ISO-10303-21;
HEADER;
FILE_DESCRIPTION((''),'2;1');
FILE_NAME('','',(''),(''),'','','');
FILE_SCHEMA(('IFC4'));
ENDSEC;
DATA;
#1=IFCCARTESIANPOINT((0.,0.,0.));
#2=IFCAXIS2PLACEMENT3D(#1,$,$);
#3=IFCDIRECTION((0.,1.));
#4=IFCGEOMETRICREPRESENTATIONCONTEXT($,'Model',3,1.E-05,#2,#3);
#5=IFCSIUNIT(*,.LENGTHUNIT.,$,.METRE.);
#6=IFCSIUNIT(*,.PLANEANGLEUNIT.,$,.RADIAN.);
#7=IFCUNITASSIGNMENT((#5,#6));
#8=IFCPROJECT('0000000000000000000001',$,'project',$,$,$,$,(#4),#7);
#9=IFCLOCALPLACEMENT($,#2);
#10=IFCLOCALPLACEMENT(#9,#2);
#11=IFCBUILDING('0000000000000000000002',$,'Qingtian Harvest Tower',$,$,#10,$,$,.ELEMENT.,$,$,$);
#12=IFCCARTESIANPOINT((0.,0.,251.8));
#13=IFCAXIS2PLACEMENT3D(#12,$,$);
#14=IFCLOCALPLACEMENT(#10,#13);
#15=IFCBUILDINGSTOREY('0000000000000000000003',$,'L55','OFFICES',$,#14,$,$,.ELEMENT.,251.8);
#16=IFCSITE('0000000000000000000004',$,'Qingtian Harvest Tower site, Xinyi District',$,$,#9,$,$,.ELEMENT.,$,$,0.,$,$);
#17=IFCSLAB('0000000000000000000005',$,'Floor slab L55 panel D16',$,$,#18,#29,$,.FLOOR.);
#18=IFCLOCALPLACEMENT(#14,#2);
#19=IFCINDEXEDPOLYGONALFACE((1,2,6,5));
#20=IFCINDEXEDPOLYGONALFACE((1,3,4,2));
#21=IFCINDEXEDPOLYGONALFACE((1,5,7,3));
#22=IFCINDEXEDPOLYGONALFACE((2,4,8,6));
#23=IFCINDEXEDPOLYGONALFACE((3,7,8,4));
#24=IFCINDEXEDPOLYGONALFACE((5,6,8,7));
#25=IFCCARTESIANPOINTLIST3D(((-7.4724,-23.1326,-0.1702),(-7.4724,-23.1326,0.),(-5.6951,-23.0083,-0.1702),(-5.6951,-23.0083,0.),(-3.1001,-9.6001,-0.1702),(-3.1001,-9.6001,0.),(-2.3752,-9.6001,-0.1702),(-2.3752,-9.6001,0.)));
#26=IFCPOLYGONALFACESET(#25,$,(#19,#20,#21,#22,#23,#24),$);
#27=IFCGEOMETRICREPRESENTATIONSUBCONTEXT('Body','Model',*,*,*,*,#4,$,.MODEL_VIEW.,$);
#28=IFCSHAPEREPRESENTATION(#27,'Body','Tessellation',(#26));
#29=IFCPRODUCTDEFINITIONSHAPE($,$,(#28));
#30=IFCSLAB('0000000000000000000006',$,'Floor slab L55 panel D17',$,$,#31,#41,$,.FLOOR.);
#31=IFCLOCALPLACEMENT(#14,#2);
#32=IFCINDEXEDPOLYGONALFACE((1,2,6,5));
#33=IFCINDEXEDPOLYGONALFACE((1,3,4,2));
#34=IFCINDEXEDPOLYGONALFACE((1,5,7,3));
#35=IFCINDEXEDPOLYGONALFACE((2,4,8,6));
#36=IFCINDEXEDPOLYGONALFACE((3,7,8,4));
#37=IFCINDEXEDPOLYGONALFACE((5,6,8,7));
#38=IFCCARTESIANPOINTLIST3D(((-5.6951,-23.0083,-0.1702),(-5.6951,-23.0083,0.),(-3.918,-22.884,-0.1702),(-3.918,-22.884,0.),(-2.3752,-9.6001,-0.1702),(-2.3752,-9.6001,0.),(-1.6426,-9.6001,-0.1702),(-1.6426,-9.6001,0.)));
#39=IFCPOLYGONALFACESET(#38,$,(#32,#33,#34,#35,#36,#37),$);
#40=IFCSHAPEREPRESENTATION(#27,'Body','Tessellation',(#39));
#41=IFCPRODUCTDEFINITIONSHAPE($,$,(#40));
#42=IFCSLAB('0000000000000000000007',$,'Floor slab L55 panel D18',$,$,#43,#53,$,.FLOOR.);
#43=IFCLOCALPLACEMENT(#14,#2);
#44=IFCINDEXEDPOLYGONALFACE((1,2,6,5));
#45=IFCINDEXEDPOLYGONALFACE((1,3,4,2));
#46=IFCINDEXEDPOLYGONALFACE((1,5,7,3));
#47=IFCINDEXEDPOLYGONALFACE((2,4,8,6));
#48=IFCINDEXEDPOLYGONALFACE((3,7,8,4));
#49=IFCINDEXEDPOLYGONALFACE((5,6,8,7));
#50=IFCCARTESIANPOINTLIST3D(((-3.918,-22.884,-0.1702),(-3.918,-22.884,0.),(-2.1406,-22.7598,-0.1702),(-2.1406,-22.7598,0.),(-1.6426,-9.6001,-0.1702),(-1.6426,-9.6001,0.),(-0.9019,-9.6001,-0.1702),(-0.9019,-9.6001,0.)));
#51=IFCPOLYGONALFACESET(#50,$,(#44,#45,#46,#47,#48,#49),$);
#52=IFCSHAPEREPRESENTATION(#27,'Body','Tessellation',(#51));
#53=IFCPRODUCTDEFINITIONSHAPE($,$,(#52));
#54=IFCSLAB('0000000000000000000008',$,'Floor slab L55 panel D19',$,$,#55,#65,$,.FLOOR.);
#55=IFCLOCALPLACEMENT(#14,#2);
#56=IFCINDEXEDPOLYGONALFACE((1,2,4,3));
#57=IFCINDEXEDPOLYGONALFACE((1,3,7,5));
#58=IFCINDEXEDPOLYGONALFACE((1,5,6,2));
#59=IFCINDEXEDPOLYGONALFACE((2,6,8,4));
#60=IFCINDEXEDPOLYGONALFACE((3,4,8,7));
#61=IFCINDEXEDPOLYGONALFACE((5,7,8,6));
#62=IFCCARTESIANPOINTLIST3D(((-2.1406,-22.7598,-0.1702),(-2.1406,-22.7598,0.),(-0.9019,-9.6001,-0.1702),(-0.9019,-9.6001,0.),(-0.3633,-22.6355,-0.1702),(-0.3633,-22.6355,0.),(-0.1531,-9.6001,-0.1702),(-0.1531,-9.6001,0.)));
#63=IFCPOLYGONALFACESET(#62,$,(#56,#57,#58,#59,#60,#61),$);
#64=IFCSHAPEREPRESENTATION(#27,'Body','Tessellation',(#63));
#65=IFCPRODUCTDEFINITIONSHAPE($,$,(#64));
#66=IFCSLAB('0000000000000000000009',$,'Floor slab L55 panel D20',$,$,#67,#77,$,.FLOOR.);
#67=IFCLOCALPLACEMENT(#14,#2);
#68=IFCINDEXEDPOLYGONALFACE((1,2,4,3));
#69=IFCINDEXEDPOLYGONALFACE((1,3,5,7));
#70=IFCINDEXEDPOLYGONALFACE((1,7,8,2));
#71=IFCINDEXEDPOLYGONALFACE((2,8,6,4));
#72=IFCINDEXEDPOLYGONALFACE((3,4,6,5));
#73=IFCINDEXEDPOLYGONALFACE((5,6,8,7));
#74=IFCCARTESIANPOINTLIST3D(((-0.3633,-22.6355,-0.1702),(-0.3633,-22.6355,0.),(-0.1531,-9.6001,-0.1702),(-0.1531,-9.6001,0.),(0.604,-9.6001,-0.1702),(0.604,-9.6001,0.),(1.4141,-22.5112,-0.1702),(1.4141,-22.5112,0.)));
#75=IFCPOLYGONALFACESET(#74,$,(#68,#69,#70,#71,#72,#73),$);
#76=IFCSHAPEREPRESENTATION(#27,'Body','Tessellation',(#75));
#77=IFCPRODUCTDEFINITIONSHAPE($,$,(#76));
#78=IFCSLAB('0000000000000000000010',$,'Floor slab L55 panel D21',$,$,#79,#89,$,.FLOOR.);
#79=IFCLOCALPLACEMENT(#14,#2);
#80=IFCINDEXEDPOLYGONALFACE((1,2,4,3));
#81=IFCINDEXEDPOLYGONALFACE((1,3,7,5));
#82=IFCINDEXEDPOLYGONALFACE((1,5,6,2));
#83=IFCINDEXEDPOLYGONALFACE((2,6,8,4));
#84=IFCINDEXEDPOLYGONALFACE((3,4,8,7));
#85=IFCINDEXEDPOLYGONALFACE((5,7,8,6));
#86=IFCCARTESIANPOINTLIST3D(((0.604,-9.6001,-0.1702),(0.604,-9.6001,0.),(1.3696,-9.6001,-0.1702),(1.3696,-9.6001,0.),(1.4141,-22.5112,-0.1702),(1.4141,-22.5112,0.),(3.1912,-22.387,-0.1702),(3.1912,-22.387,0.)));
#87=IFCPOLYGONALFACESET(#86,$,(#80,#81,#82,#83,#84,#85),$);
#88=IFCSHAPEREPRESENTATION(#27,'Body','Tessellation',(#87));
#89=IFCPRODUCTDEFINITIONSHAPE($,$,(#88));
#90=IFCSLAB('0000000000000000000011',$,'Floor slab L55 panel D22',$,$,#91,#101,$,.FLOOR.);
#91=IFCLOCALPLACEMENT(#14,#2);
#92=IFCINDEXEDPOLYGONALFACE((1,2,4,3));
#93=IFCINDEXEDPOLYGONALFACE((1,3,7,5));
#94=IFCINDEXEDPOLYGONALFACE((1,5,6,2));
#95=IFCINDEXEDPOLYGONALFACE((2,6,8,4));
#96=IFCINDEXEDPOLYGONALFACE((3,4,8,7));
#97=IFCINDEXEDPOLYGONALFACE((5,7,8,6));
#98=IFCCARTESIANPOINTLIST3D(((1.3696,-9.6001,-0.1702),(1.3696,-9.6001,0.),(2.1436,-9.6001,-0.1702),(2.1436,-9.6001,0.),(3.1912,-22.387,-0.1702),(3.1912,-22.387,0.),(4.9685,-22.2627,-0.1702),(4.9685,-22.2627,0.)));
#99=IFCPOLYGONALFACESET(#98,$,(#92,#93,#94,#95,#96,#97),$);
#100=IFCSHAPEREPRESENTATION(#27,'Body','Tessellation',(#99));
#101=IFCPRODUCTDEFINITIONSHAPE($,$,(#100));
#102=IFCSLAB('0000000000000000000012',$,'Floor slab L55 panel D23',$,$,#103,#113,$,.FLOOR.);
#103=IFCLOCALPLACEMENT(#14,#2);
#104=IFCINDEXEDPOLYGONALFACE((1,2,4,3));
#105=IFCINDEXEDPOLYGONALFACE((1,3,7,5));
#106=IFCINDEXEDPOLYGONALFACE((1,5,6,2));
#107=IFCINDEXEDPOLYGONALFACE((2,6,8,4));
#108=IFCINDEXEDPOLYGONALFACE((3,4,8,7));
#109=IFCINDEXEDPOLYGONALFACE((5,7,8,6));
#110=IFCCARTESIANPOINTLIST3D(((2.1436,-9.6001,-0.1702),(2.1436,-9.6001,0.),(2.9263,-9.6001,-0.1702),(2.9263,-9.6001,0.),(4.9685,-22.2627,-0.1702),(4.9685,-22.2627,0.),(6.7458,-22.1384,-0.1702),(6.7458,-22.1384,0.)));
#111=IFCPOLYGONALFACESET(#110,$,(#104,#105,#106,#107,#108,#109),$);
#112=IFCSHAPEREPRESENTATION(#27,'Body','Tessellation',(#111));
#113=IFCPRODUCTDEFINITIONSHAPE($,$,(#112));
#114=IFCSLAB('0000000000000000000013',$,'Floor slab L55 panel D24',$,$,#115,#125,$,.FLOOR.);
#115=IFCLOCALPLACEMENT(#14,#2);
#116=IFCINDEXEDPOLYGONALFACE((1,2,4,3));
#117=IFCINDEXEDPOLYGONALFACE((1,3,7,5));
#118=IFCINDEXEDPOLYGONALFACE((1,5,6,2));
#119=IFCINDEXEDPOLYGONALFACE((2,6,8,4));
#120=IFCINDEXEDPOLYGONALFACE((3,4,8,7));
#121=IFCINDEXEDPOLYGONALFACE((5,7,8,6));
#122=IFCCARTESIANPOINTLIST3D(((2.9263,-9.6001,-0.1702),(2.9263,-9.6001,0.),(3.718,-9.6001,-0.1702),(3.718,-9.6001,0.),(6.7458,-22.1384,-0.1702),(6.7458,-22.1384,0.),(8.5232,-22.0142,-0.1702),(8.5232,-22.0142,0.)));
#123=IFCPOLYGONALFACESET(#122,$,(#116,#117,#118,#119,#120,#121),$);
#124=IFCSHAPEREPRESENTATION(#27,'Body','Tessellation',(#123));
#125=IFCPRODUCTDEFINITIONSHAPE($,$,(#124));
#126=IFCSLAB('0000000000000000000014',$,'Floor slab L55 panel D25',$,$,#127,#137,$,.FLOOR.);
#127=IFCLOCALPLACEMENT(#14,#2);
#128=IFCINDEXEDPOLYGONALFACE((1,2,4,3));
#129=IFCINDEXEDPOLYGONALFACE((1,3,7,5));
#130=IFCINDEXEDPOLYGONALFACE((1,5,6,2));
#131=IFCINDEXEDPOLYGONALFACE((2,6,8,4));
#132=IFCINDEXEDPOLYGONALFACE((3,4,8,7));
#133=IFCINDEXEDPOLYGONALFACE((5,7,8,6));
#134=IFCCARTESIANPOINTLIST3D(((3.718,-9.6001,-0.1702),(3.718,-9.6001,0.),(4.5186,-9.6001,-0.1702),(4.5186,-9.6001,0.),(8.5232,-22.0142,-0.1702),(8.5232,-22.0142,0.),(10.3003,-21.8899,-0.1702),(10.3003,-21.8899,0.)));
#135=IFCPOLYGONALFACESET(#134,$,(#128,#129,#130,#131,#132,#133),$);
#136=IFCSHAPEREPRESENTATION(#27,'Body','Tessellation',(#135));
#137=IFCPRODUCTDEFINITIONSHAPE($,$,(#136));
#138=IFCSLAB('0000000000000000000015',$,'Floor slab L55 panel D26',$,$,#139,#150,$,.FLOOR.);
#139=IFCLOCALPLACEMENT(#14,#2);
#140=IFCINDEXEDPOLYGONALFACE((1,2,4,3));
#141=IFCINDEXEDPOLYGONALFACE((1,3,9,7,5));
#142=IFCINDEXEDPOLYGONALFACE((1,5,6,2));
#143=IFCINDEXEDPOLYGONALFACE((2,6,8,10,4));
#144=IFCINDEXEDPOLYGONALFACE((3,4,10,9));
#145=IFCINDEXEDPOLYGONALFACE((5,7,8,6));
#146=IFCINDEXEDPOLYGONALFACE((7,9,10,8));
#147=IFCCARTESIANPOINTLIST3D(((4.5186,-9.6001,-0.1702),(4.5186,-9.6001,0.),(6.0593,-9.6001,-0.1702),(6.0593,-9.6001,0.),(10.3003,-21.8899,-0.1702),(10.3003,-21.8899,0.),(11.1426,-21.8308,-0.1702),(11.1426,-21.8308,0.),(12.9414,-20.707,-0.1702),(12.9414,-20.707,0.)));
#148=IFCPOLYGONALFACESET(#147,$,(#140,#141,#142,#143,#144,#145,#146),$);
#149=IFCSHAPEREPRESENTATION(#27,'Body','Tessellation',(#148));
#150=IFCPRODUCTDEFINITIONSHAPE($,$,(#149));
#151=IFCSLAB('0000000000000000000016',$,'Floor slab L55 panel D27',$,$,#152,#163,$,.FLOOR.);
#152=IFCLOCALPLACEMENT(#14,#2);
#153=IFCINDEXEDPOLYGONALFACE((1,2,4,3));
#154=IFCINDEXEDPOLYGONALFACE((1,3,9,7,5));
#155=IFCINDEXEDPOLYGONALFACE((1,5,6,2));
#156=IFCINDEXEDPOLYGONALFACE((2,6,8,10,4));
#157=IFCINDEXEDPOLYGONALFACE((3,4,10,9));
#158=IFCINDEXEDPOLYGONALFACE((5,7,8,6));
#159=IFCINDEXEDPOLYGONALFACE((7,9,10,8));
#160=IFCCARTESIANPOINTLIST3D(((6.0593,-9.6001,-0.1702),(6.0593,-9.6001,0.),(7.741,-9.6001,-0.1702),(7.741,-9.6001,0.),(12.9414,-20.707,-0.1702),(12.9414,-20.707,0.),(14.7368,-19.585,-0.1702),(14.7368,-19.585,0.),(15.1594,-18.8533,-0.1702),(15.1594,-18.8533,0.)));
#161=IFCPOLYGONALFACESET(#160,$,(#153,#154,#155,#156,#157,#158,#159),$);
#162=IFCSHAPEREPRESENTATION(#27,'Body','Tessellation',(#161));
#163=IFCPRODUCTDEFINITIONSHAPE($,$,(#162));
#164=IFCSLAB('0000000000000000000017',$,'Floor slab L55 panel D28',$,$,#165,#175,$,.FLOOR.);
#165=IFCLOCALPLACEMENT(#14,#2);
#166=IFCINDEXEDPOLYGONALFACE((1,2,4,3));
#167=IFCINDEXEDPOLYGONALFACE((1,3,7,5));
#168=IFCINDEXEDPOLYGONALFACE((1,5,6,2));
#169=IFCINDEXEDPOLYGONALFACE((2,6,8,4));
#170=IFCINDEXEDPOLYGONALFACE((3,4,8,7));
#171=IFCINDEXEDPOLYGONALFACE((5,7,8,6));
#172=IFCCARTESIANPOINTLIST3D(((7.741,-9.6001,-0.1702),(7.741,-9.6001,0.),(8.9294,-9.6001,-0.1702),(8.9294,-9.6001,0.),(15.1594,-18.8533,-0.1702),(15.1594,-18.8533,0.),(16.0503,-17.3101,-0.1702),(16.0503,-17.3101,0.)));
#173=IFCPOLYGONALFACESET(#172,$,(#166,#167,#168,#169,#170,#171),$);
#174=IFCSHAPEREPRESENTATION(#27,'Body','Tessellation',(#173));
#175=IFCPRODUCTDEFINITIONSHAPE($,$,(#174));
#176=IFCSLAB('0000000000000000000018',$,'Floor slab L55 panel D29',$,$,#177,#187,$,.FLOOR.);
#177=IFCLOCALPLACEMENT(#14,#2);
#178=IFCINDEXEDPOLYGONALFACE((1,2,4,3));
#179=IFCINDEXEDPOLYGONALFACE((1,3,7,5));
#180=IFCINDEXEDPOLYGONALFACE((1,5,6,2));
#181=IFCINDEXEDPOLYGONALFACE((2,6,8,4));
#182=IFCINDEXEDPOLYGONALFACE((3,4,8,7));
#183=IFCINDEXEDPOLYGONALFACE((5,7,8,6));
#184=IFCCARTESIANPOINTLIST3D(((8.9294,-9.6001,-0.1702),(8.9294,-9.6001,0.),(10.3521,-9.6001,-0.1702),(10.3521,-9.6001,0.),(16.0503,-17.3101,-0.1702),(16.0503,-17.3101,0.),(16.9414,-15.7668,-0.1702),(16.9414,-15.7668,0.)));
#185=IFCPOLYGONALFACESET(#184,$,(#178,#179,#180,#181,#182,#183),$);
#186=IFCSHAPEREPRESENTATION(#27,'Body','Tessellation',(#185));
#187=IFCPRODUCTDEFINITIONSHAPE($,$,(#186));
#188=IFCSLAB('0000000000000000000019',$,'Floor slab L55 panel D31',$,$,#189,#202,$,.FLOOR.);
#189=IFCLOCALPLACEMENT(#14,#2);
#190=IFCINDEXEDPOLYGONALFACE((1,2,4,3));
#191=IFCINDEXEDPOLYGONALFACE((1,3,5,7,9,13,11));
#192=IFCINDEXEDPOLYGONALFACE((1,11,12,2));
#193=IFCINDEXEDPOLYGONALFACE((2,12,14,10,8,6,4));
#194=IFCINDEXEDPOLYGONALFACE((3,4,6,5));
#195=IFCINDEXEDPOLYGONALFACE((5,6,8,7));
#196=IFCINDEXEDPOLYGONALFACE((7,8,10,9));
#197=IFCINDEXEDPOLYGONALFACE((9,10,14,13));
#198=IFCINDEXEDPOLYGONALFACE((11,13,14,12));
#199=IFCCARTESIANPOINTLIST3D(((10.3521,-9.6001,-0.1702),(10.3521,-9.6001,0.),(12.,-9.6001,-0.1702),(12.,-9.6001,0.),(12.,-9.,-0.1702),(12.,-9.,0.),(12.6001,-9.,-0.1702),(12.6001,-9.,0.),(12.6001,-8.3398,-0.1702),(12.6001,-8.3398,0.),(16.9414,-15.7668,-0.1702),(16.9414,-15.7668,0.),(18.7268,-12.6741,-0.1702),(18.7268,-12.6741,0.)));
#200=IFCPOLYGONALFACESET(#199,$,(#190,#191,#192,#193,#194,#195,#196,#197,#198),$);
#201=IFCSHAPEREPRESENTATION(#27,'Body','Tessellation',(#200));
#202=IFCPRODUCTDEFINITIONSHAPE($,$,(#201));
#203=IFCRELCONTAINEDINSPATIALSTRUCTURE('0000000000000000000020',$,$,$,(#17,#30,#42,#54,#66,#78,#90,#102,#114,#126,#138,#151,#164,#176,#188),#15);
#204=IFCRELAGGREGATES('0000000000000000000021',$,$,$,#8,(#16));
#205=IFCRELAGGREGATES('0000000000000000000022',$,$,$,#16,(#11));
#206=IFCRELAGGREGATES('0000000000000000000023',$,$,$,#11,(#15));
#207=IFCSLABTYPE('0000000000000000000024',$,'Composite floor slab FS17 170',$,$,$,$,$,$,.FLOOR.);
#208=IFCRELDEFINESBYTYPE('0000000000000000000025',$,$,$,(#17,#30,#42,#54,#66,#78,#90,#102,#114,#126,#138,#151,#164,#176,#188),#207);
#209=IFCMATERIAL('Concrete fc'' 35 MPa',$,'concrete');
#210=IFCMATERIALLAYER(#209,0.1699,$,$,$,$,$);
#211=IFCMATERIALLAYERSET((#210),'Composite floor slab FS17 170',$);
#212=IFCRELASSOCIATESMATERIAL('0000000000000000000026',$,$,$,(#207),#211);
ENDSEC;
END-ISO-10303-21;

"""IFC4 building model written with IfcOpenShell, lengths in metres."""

from ifc_helpers import new_model, si_unit, direction, frame, origin, place, context, subcontext, project, spatial, polyline, outline, extrude, material, layer, layer_set, type_object, element, save


model = new_model("IFC4")

# Units and contexts
model_context = context("Model", 3, precision=1e-05, world=origin(), true_north=direction((0.0, 1.0)))
body_context = subcontext(model_context, "Body", "Model", "MODEL_VIEW")
ifc_project = project(units=[si_unit("LENGTHUNIT", "METRE"), si_unit("PLANEANGLEUNIT", "RADIAN")], contexts=[model_context])

# Site, building, storey
site_placement = place(None, origin())
site = spatial("IfcSite", under=ifc_project, at=site_placement, Name="Qingtian Harvest Tower site, Xinyi District", CompositionType="ELEMENT", RefElevation=0.0)
building_placement = place(site_placement, origin())
building = spatial("IfcBuilding", under=site, at=building_placement, Name="Qingtian Harvest Tower", CompositionType="ELEMENT")
storey_placement = place(building_placement, frame((0.0, 0.0, 251.8)))
storey = spatial("IfcBuildingStorey", under=building, at=storey_placement, Name="L55", Description="OFFICES", CompositionType="ELEMENT", Elevation=251.8)

# Slabs
ifc_material_1 = material(Name="Concrete fc' 35 MPa", Category="concrete")
ifc_layer_1 = layer(ifc_material_1, 0.1699)
ifc_layer_set_1 = layer_set([ifc_layer_1], Name="Composite floor slab FS17 170")
slab_type = type_object("IfcSlabType", Name="Composite floor slab FS17 170", PredefinedType="FLOOR", material=ifc_layer_set_1)
slab_1_placement = place(storey_placement, frame((0.0, 0.0, -0.1702)))
element("IfcSlab", 1, at=slab_1_placement, inside=storey, type_object=slab_type, Name="Floor slab L55 panel D16", PredefinedType="FLOOR", context=body_context, shape_type="SweptSolid", body=[
    extrude(outline(polyline([(-2.3752, -9.6001), (-5.6951, -23.0083), (-7.4724, -23.1326), (-3.1001, -9.6001), (-2.3752, -9.6001)])), origin(), (0.0, 0.0, 1.0), 0.1702),
])
slab_2_placement = place(storey_placement, frame((0.0, 0.0, -0.1702)))
element("IfcSlab", 2, at=slab_2_placement, inside=storey, type_object=slab_type, Name="Floor slab L55 panel D17", PredefinedType="FLOOR", context=body_context, shape_type="SweptSolid", body=[
    extrude(outline(polyline([(-1.6426, -9.6001), (-3.918, -22.884), (-5.6951, -23.0083), (-2.3752, -9.6001), (-1.6426, -9.6001)])), origin(), (0.0, 0.0, 1.0), 0.1702),
])
slab_3_placement = place(storey_placement, frame((0.0, 0.0, -0.1702)))
element("IfcSlab", 3, at=slab_3_placement, inside=storey, type_object=slab_type, Name="Floor slab L55 panel D18", PredefinedType="FLOOR", context=body_context, shape_type="SweptSolid", body=[
    extrude(outline(polyline([(-0.9019, -9.6001), (-2.1406, -22.7598), (-3.918, -22.884), (-1.6426, -9.6001), (-0.9019, -9.6001)])), origin(), (0.0, 0.0, 1.0), 0.1702),
])
slab_4_placement = place(storey_placement, frame((0.0, 0.0, -0.1702)))
element("IfcSlab", 4, at=slab_4_placement, inside=storey, type_object=slab_type, Name="Floor slab L55 panel D19", PredefinedType="FLOOR", context=body_context, shape_type="SweptSolid", body=[
    extrude(outline(polyline([(-0.1531, -9.6001), (-0.3633, -22.6355), (-2.1406, -22.7598), (-0.9019, -9.6001), (-0.1531, -9.6001)])), origin(), (0.0, 0.0, 1.0), 0.1702),
])
slab_5_placement = place(storey_placement, frame((0.0, 0.0, -0.1702)))
element("IfcSlab", 5, at=slab_5_placement, inside=storey, type_object=slab_type, Name="Floor slab L55 panel D20", PredefinedType="FLOOR", context=body_context, shape_type="SweptSolid", body=[
    extrude(outline(polyline([(0.604, -9.6001), (1.4141, -22.5112), (-0.3633, -22.6355), (-0.1531, -9.6001), (0.604, -9.6001)])), origin(), (0.0, 0.0, 1.0), 0.1702),
])
slab_6_placement = place(storey_placement, frame((0.0, 0.0, -0.1702)))
element("IfcSlab", 6, at=slab_6_placement, inside=storey, type_object=slab_type, Name="Floor slab L55 panel D21", PredefinedType="FLOOR", context=body_context, shape_type="SweptSolid", body=[
    extrude(outline(polyline([(1.3696, -9.6001), (3.1912, -22.387), (1.4141, -22.5112), (0.604, -9.6001), (1.3696, -9.6001)])), origin(), (0.0, 0.0, 1.0), 0.1702),
])
slab_7_placement = place(storey_placement, frame((0.0, 0.0, -0.1702)))
element("IfcSlab", 7, at=slab_7_placement, inside=storey, type_object=slab_type, Name="Floor slab L55 panel D22", PredefinedType="FLOOR", context=body_context, shape_type="SweptSolid", body=[
    extrude(outline(polyline([(2.1436, -9.6001), (4.9685, -22.2627), (3.1912, -22.387), (1.3696, -9.6001), (2.1436, -9.6001)])), origin(), (0.0, 0.0, 1.0), 0.1702),
])
slab_8_placement = place(storey_placement, frame((0.0, 0.0, -0.1702)))
element("IfcSlab", 8, at=slab_8_placement, inside=storey, type_object=slab_type, Name="Floor slab L55 panel D23", PredefinedType="FLOOR", context=body_context, shape_type="SweptSolid", body=[
    extrude(outline(polyline([(2.9263, -9.6001), (6.7458, -22.1384), (4.9685, -22.2627), (2.1436, -9.6001), (2.9263, -9.6001)])), origin(), (0.0, 0.0, 1.0), 0.1702),
])
slab_9_placement = place(storey_placement, frame((0.0, 0.0, -0.1702)))
element("IfcSlab", 9, at=slab_9_placement, inside=storey, type_object=slab_type, Name="Floor slab L55 panel D24", PredefinedType="FLOOR", context=body_context, shape_type="SweptSolid", body=[
    extrude(outline(polyline([(3.718, -9.6001), (8.5232, -22.0142), (6.7458, -22.1384), (2.9263, -9.6001), (3.718, -9.6001)])), origin(), (0.0, 0.0, 1.0), 0.1702),
])
slab_10_placement = place(storey_placement, frame((0.0, 0.0, -0.1702)))
element("IfcSlab", 10, at=slab_10_placement, inside=storey, type_object=slab_type, Name="Floor slab L55 panel D25", PredefinedType="FLOOR", context=body_context, shape_type="SweptSolid", body=[
    extrude(outline(polyline([(4.5186, -9.6001), (10.3003, -21.8899), (8.5232, -22.0142), (3.718, -9.6001), (4.5186, -9.6001)])), origin(), (0.0, 0.0, 1.0), 0.1702),
])
slab_11_placement = place(storey_placement, frame((0.0, 0.0, -0.1702)))
element("IfcSlab", 11, at=slab_11_placement, inside=storey, type_object=slab_type, Name="Floor slab L55 panel D26", PredefinedType="FLOOR", context=body_context, shape_type="SweptSolid", body=[
    extrude(outline(polyline([(4.5186, -9.6001), (6.0593, -9.6001), (12.9414, -20.707), (11.1426, -21.8308), (10.3003, -21.8899), (4.5186, -9.6001)])), origin(), (0.0, 0.0, 1.0), 0.1702),
])
slab_12_placement = place(storey_placement, frame((0.0, 0.0, -0.1702)))
element("IfcSlab", 12, at=slab_12_placement, inside=storey, type_object=slab_type, Name="Floor slab L55 panel D27", PredefinedType="FLOOR", context=body_context, shape_type="SweptSolid", body=[
    extrude(outline(polyline([(6.0593, -9.6001), (7.741, -9.6001), (15.1594, -18.8533), (14.7368, -19.585), (12.9414, -20.707), (6.0593, -9.6001)])), origin(), (0.0, 0.0, 1.0), 0.1702),
])
slab_13_placement = place(storey_placement, frame((0.0, 0.0, -0.1702)))
element("IfcSlab", 13, at=slab_13_placement, inside=storey, type_object=slab_type, Name="Floor slab L55 panel D28", PredefinedType="FLOOR", context=body_context, shape_type="SweptSolid", body=[
    extrude(outline(polyline([(8.9294, -9.6001), (16.0503, -17.3101), (15.1594, -18.8533), (7.741, -9.6001), (8.9294, -9.6001)])), origin(), (0.0, 0.0, 1.0), 0.1702),
])
slab_14_placement = place(storey_placement, frame((0.0, 0.0, -0.1702)))
element("IfcSlab", 14, at=slab_14_placement, inside=storey, type_object=slab_type, Name="Floor slab L55 panel D29", PredefinedType="FLOOR", context=body_context, shape_type="SweptSolid", body=[
    extrude(outline(polyline([(10.3521, -9.6001), (16.9414, -15.7668), (16.0503, -17.3101), (8.9294, -9.6001), (10.3521, -9.6001)])), origin(), (0.0, 0.0, 1.0), 0.1702),
])
slab_15_placement = place(storey_placement, frame((0.0, 0.0, -0.1702)))
element("IfcSlab", 15, at=slab_15_placement, inside=storey, type_object=slab_type, Name="Floor slab L55 panel D31", PredefinedType="FLOOR", context=body_context, shape_type="SweptSolid", body=[
    extrude(outline(polyline([(12.6001, -8.3398), (18.7268, -12.6741), (16.9414, -15.7668), (10.3521, -9.6001), (12.0, -9.6001), (12.0, -9.0), (12.6001, -9.0), (12.6001, -8.3398)])), origin(), (0.0, 0.0, 1.0), 0.1702),
])

save(model, "model.ifc")
